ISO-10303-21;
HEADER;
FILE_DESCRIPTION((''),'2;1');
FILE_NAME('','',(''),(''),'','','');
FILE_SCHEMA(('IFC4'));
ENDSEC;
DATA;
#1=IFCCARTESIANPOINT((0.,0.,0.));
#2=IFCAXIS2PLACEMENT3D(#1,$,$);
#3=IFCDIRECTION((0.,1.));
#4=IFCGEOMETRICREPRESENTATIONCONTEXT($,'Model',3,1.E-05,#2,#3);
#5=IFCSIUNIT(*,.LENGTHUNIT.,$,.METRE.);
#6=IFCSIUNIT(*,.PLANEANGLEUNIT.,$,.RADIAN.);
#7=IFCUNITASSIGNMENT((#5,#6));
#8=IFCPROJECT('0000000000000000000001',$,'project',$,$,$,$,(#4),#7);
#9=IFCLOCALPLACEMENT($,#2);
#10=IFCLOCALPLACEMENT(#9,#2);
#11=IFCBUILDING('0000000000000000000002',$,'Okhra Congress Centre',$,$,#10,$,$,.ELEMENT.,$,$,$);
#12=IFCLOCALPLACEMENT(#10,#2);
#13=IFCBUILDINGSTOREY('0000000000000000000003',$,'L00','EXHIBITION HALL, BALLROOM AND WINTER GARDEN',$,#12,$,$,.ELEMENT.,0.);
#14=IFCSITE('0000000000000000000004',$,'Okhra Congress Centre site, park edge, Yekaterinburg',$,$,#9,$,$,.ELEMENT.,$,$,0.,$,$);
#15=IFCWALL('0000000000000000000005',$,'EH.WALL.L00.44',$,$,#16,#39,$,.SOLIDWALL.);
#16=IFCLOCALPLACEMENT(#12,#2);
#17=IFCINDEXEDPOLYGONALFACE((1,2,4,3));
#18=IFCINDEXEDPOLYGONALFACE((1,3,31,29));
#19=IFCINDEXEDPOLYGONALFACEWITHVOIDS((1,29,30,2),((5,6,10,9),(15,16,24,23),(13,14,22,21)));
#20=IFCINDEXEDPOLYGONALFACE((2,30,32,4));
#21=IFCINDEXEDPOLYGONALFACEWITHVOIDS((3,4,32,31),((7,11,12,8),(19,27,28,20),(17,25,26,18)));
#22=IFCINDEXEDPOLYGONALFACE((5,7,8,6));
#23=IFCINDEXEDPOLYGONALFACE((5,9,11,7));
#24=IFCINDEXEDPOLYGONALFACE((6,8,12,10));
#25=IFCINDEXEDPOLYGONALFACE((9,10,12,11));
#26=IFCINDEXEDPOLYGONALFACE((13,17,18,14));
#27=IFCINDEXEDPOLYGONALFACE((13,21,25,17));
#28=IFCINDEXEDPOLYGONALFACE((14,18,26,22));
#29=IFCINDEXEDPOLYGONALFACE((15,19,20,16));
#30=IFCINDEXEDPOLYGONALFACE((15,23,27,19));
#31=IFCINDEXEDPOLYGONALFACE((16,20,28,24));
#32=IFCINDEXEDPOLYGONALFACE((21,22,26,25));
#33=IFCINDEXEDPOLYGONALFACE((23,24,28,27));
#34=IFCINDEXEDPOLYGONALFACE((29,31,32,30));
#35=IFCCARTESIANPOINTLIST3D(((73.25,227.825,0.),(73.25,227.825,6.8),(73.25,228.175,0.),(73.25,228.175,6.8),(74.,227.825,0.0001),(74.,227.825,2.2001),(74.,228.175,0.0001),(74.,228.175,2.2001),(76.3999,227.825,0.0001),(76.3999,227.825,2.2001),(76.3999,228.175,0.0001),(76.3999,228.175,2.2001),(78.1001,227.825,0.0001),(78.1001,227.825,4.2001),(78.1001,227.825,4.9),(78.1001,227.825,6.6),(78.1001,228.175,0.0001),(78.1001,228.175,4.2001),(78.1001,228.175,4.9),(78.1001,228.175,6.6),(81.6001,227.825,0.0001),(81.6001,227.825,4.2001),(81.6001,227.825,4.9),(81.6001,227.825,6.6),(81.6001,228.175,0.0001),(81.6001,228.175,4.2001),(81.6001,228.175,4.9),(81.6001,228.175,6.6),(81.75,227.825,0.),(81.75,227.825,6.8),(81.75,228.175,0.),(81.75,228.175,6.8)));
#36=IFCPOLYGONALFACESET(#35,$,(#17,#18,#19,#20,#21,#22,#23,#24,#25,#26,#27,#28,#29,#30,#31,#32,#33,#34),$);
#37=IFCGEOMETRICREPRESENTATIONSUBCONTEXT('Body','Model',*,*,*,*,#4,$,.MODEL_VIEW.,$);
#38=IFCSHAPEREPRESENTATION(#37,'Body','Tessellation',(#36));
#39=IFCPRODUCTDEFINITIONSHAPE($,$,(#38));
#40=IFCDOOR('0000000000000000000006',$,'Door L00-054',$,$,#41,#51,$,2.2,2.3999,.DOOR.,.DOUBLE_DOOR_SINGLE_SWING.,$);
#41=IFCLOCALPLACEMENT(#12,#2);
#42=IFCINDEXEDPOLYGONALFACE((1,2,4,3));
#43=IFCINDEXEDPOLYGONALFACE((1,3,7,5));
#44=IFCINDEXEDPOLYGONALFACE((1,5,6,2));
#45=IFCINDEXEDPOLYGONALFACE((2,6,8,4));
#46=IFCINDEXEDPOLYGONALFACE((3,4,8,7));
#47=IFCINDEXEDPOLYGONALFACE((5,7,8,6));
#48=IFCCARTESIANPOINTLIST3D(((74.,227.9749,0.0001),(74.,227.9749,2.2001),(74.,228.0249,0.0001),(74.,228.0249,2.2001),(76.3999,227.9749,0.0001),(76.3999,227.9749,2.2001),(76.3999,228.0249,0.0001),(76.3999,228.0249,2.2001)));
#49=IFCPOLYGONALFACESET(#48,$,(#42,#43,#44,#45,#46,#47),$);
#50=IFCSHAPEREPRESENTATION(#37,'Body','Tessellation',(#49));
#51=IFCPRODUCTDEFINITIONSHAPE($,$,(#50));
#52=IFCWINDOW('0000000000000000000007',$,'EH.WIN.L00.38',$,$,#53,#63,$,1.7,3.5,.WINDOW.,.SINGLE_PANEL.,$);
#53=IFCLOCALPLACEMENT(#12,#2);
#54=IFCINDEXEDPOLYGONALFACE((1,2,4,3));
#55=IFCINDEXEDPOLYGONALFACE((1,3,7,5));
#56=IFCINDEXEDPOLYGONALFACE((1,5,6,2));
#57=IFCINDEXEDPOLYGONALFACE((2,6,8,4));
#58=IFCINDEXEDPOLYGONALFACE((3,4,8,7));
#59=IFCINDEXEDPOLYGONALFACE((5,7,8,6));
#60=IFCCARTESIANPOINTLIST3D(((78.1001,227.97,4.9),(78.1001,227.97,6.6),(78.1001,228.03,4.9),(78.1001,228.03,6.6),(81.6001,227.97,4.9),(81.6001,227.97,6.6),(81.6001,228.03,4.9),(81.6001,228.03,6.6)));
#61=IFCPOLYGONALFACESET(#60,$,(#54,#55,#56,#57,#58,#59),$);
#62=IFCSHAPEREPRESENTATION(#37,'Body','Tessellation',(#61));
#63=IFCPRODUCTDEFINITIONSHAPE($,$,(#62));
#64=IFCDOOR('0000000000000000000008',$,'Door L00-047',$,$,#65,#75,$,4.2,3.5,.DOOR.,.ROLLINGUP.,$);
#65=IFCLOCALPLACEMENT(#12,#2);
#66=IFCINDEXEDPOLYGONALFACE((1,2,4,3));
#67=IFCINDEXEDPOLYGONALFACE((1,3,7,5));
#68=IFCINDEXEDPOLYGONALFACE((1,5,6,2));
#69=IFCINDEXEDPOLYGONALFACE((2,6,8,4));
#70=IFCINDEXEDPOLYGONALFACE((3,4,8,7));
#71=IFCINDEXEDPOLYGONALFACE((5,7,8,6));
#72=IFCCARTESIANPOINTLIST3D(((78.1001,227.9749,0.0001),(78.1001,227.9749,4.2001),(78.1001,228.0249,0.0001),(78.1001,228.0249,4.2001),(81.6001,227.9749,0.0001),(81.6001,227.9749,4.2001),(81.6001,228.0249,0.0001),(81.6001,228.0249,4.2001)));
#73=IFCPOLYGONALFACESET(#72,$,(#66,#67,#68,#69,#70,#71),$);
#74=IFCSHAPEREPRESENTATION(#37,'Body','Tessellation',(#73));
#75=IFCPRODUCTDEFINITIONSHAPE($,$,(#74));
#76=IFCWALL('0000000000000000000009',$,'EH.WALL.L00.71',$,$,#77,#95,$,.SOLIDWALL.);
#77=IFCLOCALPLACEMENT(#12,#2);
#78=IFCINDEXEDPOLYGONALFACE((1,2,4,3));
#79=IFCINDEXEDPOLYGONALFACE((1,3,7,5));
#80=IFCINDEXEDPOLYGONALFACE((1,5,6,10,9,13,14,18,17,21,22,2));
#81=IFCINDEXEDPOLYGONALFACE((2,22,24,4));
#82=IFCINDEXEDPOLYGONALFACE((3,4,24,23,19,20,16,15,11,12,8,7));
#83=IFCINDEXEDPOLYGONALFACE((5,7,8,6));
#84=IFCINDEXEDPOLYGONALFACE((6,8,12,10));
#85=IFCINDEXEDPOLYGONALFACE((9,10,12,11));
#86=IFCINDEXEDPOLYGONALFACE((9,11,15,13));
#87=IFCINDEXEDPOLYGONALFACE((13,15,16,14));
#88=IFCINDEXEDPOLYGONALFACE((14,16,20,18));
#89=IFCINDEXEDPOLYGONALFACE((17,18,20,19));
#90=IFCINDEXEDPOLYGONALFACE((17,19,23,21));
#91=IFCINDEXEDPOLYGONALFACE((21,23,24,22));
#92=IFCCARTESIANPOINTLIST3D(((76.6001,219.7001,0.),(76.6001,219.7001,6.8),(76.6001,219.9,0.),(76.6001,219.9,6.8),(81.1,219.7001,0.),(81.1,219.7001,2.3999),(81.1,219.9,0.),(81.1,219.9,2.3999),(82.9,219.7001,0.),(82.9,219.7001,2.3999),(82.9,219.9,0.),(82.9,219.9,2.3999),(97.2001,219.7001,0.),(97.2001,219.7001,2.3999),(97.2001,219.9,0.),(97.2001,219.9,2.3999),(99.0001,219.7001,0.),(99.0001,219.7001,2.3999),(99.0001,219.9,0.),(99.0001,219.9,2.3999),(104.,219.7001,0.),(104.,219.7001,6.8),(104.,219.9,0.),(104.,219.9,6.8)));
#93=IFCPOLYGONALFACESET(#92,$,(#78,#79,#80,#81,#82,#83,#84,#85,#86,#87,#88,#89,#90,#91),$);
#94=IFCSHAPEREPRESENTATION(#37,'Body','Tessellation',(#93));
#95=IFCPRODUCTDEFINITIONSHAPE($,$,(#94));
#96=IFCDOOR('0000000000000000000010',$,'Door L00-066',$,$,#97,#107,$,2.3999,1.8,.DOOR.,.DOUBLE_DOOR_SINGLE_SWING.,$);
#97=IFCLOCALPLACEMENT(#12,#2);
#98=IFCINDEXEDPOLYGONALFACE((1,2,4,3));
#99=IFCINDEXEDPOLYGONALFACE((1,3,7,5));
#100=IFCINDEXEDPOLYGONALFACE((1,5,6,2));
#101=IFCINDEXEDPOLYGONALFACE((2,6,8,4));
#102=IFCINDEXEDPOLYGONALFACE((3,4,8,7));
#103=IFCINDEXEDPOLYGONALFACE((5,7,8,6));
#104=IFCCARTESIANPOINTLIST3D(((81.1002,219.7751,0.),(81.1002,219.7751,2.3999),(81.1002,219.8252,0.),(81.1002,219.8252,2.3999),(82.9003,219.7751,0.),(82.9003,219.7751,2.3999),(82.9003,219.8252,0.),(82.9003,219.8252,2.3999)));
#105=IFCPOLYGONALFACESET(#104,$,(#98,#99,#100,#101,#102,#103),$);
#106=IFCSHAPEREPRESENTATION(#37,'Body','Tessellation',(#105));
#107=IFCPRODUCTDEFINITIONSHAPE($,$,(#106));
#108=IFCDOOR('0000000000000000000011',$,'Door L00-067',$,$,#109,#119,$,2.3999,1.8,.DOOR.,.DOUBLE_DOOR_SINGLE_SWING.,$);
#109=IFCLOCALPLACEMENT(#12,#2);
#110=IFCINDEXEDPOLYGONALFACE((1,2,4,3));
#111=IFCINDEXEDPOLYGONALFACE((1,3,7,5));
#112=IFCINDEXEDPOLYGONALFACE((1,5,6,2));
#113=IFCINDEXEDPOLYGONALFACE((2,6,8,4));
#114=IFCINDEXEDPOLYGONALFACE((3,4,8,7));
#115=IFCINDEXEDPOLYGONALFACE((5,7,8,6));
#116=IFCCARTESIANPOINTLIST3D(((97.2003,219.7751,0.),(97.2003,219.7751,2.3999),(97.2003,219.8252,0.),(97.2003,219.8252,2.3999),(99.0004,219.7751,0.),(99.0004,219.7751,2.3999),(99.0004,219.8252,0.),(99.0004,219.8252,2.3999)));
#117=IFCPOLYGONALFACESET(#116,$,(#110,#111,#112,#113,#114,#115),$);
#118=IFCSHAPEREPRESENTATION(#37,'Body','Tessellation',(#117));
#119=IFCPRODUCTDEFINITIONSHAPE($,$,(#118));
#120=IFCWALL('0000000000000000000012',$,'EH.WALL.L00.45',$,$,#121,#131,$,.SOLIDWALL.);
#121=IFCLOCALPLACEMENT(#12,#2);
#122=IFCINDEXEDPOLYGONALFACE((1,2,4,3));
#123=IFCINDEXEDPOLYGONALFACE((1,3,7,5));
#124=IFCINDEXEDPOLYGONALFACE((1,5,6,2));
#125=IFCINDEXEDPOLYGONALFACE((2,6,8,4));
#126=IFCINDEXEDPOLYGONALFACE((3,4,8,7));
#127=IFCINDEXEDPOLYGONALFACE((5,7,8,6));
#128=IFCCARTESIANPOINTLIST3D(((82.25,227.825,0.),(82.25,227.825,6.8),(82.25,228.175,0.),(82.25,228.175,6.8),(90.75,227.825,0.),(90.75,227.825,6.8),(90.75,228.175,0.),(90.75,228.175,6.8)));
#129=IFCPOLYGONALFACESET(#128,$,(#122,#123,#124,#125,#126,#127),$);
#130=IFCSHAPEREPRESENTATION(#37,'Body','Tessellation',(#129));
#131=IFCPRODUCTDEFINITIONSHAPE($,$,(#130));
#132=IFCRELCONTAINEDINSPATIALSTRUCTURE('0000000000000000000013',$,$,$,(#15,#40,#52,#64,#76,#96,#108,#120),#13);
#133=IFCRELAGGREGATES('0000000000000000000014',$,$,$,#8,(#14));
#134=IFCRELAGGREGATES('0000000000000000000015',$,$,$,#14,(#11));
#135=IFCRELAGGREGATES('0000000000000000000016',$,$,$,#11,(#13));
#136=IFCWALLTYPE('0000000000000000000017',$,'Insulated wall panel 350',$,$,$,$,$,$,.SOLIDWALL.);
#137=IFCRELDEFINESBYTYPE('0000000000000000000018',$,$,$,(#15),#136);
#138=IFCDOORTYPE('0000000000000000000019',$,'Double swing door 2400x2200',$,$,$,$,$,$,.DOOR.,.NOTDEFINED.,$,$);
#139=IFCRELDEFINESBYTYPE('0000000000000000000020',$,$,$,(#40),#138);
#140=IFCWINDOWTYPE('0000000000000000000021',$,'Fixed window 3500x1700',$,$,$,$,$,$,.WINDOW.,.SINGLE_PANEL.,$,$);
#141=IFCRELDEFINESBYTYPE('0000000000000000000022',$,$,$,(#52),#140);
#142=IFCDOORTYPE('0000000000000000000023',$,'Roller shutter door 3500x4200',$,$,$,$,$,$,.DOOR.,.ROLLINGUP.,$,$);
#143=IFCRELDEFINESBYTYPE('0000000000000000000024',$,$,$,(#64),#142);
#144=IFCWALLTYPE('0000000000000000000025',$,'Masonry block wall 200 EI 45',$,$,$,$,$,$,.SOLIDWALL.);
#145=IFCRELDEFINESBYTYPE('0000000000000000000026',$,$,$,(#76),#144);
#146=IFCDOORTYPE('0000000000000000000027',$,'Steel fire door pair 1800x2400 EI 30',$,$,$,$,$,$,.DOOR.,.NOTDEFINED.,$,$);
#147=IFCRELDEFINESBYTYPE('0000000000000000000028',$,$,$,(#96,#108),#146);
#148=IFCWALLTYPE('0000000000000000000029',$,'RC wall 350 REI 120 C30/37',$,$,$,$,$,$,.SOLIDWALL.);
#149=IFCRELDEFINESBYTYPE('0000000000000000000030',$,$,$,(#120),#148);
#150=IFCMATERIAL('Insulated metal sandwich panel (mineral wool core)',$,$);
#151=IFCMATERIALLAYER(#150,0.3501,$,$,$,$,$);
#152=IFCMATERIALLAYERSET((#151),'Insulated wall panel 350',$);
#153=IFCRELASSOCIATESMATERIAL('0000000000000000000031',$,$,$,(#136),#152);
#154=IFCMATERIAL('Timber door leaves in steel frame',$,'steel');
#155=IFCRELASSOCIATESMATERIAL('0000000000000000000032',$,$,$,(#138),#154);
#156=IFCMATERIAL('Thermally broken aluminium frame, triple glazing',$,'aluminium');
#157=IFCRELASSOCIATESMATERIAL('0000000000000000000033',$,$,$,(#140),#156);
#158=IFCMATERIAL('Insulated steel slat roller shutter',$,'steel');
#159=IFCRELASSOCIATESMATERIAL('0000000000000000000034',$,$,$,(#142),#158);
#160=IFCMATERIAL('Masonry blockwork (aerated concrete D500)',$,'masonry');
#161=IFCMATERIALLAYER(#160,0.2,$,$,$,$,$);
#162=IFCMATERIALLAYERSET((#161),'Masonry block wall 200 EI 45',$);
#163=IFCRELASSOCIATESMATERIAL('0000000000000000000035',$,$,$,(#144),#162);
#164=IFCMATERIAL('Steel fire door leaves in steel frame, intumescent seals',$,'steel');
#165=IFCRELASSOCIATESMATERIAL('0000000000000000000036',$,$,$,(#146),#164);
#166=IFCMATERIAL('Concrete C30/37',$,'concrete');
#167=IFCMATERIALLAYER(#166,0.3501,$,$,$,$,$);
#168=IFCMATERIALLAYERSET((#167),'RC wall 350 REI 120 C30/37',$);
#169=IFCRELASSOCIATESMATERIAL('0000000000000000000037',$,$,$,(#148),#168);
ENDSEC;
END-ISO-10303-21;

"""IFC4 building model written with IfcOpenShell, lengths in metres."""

from ifc_helpers import new_model, si_unit, direction, frame, frame_2d, origin, place, context, subcontext, project, spatial, rectangle, extrude, material, layer, layer_set, type_object, element, fill, save


model = new_model("IFC4")

# Units and contexts
model_context = context("Model", 3, precision=1e-05, world=origin(), true_north=direction((0.0, 1.0)))
body_context = subcontext(model_context, "Body", "Model", "MODEL_VIEW")
ifc_project = project(units=[si_unit("LENGTHUNIT", "METRE"), si_unit("PLANEANGLEUNIT", "RADIAN")], contexts=[model_context])

# Site, building, storey
site_placement = place(None, origin())
site = spatial("IfcSite", under=ifc_project, at=site_placement, Name="Okhra Congress Centre site, park edge, Yekaterinburg", CompositionType="ELEMENT", RefElevation=0.0)
building_placement = place(site_placement, origin())
building = spatial("IfcBuilding", under=site, at=building_placement, Name="Okhra Congress Centre", CompositionType="ELEMENT")
storey_placement = place(building_placement, origin())
storey = spatial("IfcBuildingStorey", under=building, at=storey_placement, Name="L00", Description="EXHIBITION HALL, BALLROOM AND WINTER GARDEN", CompositionType="ELEMENT", Elevation=0.0)

# Shared definitions
ifc_material_1 = material(Name="Concrete C30/37", Category="concrete")

# Shared definitions
ifc_material_2 = material(Name="Insulated metal sandwich panel (mineral wool core)")
ifc_layer_1 = layer(ifc_material_2, 0.3501)
ifc_layer_set_1 = layer_set([ifc_layer_1], Name="Insulated wall panel 350")
wall_type_1 = type_object("IfcWallType", Name="Insulated wall panel 350", PredefinedType="SOLIDWALL", material=ifc_layer_set_1)
ifc_material_3 = material(Name="Insulated steel slat roller shutter", Category="steel")

# Wall, openings, doors, window
wall_1_placement = place(storey_placement, frame((73.25, 228.0, 0.0), z_axis=(0.0, 0.0, 1.0), x_axis=(1.0, 0.0, 0.0)))
wall_1 = element("IfcWall", 1, at=wall_1_placement, inside=storey, type_object=wall_type_1, Name="EH.WALL.L00.44", PredefinedType="SOLIDWALL", context=body_context, shape_type="SweptSolid", body=[
    extrude(rectangle(XDim=8.5, YDim=0.3501, at=frame_2d((4.25, 0.0))), origin(), (0.0, 0.0, 1.0), 6.8),
])
opening_1_placement = place(wall_1_placement, frame((4.8501, 0.0, 0.0)))
opening_1 = element("IfcOpeningElement", 2, at=opening_1_placement, cuts=wall_1, PredefinedType="OPENING", context=body_context, shape_type="SweptSolid", body=[
    extrude(rectangle(XDim=3.5, YDim=4.2, at=frame_2d((1.75, 2.1001))), frame((0.0, 0.1851, 0.0), z_axis=(0.0, -1.0, 0.0), x_axis=(1.0, 0.0, 0.0)), (0.0, 0.0, 1.0), 0.3701),
])
opening_2_placement = place(wall_1_placement, frame((4.8501, 0.0, 4.8999)))
opening_2 = element("IfcOpeningElement", 3, at=opening_2_placement, cuts=wall_1, PredefinedType="OPENING", context=body_context, shape_type="SweptSolid", body=[
    extrude(rectangle(XDim=3.5, YDim=1.7, at=frame_2d((1.75, 0.8501))), frame((0.0, 0.1851, 0.0), z_axis=(0.0, -1.0, 0.0), x_axis=(1.0, 0.0, 0.0)), (0.0, 0.0, 1.0), 0.3701),
])
opening_3_placement = place(wall_1_placement, frame((0.75, 0.0, 0.0)))
opening_3 = element("IfcOpeningElement", 4, at=opening_3_placement, cuts=wall_1, PredefinedType="OPENING", context=body_context, shape_type="SweptSolid", body=[
    extrude(rectangle(XDim=2.3999, YDim=2.2, at=frame_2d((1.2, 1.1001))), frame((0.0, 0.1851, 0.0), z_axis=(0.0, -1.0, 0.0), x_axis=(1.0, 0.0, 0.0)), (0.0, 0.0, 1.0), 0.3701),
])
ifc_material_4 = material(Name="Timber door leaves in steel frame", Category="steel")
door_type_1 = type_object("IfcDoorType", Name="Double swing door 2400x2200", OperationType="NOTDEFINED", PredefinedType="DOOR", material=ifc_material_4)
door_1_placement = place(opening_3_placement, origin())
door_1 = element("IfcDoor", 5, at=door_1_placement, inside=storey, type_object=door_type_1, Name="Door L00-054", OperationType="DOUBLE_DOOR_SINGLE_SWING", OverallHeight=2.2, OverallWidth=2.3999, PredefinedType="DOOR", context=body_context, shape_type="SweptSolid", body=[
    extrude(rectangle(XDim=2.3999, YDim=2.2, at=frame_2d((1.2, 1.1001))), frame((0.0, 0.0249, 0.0), z_axis=(0.0, -1.0, 0.0), x_axis=(1.0, 0.0, 0.0)), (0.0, 0.0, 1.0), 0.05),
])
fill(opening_3, door_1)
ifc_material_5 = material(Name="Thermally broken aluminium frame, triple glazing", Category="aluminium")
window_type = type_object("IfcWindowType", Name="Fixed window 3500x1700", PartitioningType="SINGLE_PANEL", PredefinedType="WINDOW", material=ifc_material_5)
window_placement = place(opening_2_placement, origin())
window = element("IfcWindow", 6, at=window_placement, inside=storey, type_object=window_type, Name="EH.WIN.L00.38", OverallHeight=1.7, OverallWidth=3.5, PartitioningType="SINGLE_PANEL", PredefinedType="WINDOW", context=body_context, shape_type="SweptSolid", body=[
    extrude(rectangle(XDim=3.5, YDim=1.7, at=frame_2d((1.75, 0.8501))), frame((0.0, 0.03, 0.0), z_axis=(0.0, -1.0, 0.0), x_axis=(1.0, 0.0, 0.0)), (0.0, 0.0, 1.0), 0.0601),
])
fill(opening_2, window)
door_type_2 = type_object("IfcDoorType", Name="Roller shutter door 3500x4200", OperationType="ROLLINGUP", PredefinedType="DOOR", material=ifc_material_3)
door_2_placement = place(opening_1_placement, origin())
door_2 = element("IfcDoor", 7, at=door_2_placement, inside=storey, type_object=door_type_2, Name="Door L00-047", OperationType="ROLLINGUP", OverallHeight=4.2, OverallWidth=3.5, PredefinedType="DOOR", context=body_context, shape_type="SweptSolid", body=[
    extrude(rectangle(XDim=3.5, YDim=4.2, at=frame_2d((1.75, 2.1001))), frame((0.0, 0.0249, 0.0), z_axis=(0.0, -1.0, 0.0), x_axis=(1.0, 0.0, 0.0)), (0.0, 0.0, 1.0), 0.05),
])
fill(opening_1, door_2)

# Wall, openings, doors
ifc_material_6 = material(Name="Masonry blockwork (aerated concrete D500)", Category="masonry")
ifc_layer_2 = layer(ifc_material_6, 0.2)
ifc_layer_set_2 = layer_set([ifc_layer_2], Name="Masonry block wall 200 EI 45")
wall_type_2 = type_object("IfcWallType", Name="Masonry block wall 200 EI 45", PredefinedType="SOLIDWALL", material=ifc_layer_set_2)
wall_2_placement = place(storey_placement, frame((76.6001, 219.8, 0.0), z_axis=(0.0, 0.0, 1.0), x_axis=(1.0, 0.0, 0.0)))
wall_2 = element("IfcWall", 8, at=wall_2_placement, inside=storey, type_object=wall_type_2, Name="EH.WALL.L00.71", PredefinedType="SOLIDWALL", context=body_context, shape_type="SweptSolid", body=[
    extrude(rectangle(XDim=27.3999, YDim=0.2, at=frame_2d((13.7, 0.0))), origin(), (0.0, 0.0, 1.0), 6.8),
])
opening_4_placement = place(wall_2_placement, frame((4.5, 0.0, 0.0)))
opening_4 = element("IfcOpeningElement", 9, at=opening_4_placement, cuts=wall_2, PredefinedType="OPENING", context=body_context, shape_type="SweptSolid", body=[
    extrude(rectangle(XDim=1.8, YDim=2.3999, at=frame_2d((0.8999, 1.2))), frame((0.0, 0.1099, 0.0), z_axis=(0.0, -1.0, 0.0), x_axis=(1.0, 0.0, 0.0)), (0.0, 0.0, 1.0), 0.22),
])
opening_5_placement = place(wall_2_placement, frame((20.6001, 0.0, 0.0)))
opening_5 = element("IfcOpeningElement", 10, at=opening_5_placement, cuts=wall_2, PredefinedType="OPENING", context=body_context, shape_type="SweptSolid", body=[
    extrude(rectangle(XDim=1.8, YDim=2.3999, at=frame_2d((0.8999, 1.2))), frame((0.0, 0.1099, 0.0), z_axis=(0.0, -1.0, 0.0), x_axis=(1.0, 0.0, 0.0)), (0.0, 0.0, 1.0), 0.22),
])
ifc_material_7 = material(Name="Steel fire door leaves in steel frame, intumescent seals", Category="steel")
door_type_3 = type_object("IfcDoorType", Name="Steel fire door pair 1800x2400 EI 30", OperationType="NOTDEFINED", PredefinedType="DOOR", material=ifc_material_7)
door_3_placement = place(opening_4_placement, frame((1.8, 0.0, 0.0), z_axis=(0.0, 0.0, 1.0), x_axis=(-1.0, 0.0, 0.0)))
door_3 = element("IfcDoor", 11, at=door_3_placement, inside=storey, type_object=door_type_3, Name="Door L00-066", OperationType="DOUBLE_DOOR_SINGLE_SWING", OverallHeight=2.3999, OverallWidth=1.8, PredefinedType="DOOR", context=body_context, shape_type="SweptSolid", body=[
    extrude(rectangle(XDim=1.8, YDim=2.3999, at=frame_2d((0.8999, 1.2))), frame((0.0, 0.0249, 0.0), z_axis=(0.0, -1.0, 0.0), x_axis=(1.0, 0.0, 0.0)), (0.0, 0.0, 1.0), 0.05),
])
fill(opening_4, door_3)
door_4_placement = place(opening_5_placement, frame((1.8, 0.0, 0.0), z_axis=(0.0, 0.0, 1.0), x_axis=(-1.0, 0.0, 0.0)))
door_4 = element("IfcDoor", 12, at=door_4_placement, inside=storey, type_object=door_type_3, Name="Door L00-067", OperationType="DOUBLE_DOOR_SINGLE_SWING", OverallHeight=2.3999, OverallWidth=1.8, PredefinedType="DOOR", context=body_context, shape_type="SweptSolid", body=[
    extrude(rectangle(XDim=1.8, YDim=2.3999, at=frame_2d((0.8999, 1.2))), frame((0.0, 0.0249, 0.0), z_axis=(0.0, -1.0, 0.0), x_axis=(1.0, 0.0, 0.0)), (0.0, 0.0, 1.0), 0.05),
])
fill(opening_5, door_4)

# Wall
ifc_layer_3 = layer(ifc_material_1, 0.3501)
ifc_layer_set_3 = layer_set([ifc_layer_3], Name="RC wall 350 REI 120 C30/37")
wall_type_3 = type_object("IfcWallType", Name="RC wall 350 REI 120 C30/37", PredefinedType="SOLIDWALL", material=ifc_layer_set_3)
wall_3_placement = place(storey_placement, frame((82.25, 228.0, 0.0), z_axis=(0.0, 0.0, 1.0), x_axis=(1.0, 0.0, 0.0)))
element("IfcWall", 13, at=wall_3_placement, inside=storey, type_object=wall_type_3, Name="EH.WALL.L00.45", PredefinedType="SOLIDWALL", context=body_context, shape_type="SweptSolid", body=[
    extrude(rectangle(XDim=8.5, YDim=0.3501, at=frame_2d((4.25, 0.0))), origin(), (0.0, 0.0, 1.0), 6.8),
])

save(model, "model.ifc")
